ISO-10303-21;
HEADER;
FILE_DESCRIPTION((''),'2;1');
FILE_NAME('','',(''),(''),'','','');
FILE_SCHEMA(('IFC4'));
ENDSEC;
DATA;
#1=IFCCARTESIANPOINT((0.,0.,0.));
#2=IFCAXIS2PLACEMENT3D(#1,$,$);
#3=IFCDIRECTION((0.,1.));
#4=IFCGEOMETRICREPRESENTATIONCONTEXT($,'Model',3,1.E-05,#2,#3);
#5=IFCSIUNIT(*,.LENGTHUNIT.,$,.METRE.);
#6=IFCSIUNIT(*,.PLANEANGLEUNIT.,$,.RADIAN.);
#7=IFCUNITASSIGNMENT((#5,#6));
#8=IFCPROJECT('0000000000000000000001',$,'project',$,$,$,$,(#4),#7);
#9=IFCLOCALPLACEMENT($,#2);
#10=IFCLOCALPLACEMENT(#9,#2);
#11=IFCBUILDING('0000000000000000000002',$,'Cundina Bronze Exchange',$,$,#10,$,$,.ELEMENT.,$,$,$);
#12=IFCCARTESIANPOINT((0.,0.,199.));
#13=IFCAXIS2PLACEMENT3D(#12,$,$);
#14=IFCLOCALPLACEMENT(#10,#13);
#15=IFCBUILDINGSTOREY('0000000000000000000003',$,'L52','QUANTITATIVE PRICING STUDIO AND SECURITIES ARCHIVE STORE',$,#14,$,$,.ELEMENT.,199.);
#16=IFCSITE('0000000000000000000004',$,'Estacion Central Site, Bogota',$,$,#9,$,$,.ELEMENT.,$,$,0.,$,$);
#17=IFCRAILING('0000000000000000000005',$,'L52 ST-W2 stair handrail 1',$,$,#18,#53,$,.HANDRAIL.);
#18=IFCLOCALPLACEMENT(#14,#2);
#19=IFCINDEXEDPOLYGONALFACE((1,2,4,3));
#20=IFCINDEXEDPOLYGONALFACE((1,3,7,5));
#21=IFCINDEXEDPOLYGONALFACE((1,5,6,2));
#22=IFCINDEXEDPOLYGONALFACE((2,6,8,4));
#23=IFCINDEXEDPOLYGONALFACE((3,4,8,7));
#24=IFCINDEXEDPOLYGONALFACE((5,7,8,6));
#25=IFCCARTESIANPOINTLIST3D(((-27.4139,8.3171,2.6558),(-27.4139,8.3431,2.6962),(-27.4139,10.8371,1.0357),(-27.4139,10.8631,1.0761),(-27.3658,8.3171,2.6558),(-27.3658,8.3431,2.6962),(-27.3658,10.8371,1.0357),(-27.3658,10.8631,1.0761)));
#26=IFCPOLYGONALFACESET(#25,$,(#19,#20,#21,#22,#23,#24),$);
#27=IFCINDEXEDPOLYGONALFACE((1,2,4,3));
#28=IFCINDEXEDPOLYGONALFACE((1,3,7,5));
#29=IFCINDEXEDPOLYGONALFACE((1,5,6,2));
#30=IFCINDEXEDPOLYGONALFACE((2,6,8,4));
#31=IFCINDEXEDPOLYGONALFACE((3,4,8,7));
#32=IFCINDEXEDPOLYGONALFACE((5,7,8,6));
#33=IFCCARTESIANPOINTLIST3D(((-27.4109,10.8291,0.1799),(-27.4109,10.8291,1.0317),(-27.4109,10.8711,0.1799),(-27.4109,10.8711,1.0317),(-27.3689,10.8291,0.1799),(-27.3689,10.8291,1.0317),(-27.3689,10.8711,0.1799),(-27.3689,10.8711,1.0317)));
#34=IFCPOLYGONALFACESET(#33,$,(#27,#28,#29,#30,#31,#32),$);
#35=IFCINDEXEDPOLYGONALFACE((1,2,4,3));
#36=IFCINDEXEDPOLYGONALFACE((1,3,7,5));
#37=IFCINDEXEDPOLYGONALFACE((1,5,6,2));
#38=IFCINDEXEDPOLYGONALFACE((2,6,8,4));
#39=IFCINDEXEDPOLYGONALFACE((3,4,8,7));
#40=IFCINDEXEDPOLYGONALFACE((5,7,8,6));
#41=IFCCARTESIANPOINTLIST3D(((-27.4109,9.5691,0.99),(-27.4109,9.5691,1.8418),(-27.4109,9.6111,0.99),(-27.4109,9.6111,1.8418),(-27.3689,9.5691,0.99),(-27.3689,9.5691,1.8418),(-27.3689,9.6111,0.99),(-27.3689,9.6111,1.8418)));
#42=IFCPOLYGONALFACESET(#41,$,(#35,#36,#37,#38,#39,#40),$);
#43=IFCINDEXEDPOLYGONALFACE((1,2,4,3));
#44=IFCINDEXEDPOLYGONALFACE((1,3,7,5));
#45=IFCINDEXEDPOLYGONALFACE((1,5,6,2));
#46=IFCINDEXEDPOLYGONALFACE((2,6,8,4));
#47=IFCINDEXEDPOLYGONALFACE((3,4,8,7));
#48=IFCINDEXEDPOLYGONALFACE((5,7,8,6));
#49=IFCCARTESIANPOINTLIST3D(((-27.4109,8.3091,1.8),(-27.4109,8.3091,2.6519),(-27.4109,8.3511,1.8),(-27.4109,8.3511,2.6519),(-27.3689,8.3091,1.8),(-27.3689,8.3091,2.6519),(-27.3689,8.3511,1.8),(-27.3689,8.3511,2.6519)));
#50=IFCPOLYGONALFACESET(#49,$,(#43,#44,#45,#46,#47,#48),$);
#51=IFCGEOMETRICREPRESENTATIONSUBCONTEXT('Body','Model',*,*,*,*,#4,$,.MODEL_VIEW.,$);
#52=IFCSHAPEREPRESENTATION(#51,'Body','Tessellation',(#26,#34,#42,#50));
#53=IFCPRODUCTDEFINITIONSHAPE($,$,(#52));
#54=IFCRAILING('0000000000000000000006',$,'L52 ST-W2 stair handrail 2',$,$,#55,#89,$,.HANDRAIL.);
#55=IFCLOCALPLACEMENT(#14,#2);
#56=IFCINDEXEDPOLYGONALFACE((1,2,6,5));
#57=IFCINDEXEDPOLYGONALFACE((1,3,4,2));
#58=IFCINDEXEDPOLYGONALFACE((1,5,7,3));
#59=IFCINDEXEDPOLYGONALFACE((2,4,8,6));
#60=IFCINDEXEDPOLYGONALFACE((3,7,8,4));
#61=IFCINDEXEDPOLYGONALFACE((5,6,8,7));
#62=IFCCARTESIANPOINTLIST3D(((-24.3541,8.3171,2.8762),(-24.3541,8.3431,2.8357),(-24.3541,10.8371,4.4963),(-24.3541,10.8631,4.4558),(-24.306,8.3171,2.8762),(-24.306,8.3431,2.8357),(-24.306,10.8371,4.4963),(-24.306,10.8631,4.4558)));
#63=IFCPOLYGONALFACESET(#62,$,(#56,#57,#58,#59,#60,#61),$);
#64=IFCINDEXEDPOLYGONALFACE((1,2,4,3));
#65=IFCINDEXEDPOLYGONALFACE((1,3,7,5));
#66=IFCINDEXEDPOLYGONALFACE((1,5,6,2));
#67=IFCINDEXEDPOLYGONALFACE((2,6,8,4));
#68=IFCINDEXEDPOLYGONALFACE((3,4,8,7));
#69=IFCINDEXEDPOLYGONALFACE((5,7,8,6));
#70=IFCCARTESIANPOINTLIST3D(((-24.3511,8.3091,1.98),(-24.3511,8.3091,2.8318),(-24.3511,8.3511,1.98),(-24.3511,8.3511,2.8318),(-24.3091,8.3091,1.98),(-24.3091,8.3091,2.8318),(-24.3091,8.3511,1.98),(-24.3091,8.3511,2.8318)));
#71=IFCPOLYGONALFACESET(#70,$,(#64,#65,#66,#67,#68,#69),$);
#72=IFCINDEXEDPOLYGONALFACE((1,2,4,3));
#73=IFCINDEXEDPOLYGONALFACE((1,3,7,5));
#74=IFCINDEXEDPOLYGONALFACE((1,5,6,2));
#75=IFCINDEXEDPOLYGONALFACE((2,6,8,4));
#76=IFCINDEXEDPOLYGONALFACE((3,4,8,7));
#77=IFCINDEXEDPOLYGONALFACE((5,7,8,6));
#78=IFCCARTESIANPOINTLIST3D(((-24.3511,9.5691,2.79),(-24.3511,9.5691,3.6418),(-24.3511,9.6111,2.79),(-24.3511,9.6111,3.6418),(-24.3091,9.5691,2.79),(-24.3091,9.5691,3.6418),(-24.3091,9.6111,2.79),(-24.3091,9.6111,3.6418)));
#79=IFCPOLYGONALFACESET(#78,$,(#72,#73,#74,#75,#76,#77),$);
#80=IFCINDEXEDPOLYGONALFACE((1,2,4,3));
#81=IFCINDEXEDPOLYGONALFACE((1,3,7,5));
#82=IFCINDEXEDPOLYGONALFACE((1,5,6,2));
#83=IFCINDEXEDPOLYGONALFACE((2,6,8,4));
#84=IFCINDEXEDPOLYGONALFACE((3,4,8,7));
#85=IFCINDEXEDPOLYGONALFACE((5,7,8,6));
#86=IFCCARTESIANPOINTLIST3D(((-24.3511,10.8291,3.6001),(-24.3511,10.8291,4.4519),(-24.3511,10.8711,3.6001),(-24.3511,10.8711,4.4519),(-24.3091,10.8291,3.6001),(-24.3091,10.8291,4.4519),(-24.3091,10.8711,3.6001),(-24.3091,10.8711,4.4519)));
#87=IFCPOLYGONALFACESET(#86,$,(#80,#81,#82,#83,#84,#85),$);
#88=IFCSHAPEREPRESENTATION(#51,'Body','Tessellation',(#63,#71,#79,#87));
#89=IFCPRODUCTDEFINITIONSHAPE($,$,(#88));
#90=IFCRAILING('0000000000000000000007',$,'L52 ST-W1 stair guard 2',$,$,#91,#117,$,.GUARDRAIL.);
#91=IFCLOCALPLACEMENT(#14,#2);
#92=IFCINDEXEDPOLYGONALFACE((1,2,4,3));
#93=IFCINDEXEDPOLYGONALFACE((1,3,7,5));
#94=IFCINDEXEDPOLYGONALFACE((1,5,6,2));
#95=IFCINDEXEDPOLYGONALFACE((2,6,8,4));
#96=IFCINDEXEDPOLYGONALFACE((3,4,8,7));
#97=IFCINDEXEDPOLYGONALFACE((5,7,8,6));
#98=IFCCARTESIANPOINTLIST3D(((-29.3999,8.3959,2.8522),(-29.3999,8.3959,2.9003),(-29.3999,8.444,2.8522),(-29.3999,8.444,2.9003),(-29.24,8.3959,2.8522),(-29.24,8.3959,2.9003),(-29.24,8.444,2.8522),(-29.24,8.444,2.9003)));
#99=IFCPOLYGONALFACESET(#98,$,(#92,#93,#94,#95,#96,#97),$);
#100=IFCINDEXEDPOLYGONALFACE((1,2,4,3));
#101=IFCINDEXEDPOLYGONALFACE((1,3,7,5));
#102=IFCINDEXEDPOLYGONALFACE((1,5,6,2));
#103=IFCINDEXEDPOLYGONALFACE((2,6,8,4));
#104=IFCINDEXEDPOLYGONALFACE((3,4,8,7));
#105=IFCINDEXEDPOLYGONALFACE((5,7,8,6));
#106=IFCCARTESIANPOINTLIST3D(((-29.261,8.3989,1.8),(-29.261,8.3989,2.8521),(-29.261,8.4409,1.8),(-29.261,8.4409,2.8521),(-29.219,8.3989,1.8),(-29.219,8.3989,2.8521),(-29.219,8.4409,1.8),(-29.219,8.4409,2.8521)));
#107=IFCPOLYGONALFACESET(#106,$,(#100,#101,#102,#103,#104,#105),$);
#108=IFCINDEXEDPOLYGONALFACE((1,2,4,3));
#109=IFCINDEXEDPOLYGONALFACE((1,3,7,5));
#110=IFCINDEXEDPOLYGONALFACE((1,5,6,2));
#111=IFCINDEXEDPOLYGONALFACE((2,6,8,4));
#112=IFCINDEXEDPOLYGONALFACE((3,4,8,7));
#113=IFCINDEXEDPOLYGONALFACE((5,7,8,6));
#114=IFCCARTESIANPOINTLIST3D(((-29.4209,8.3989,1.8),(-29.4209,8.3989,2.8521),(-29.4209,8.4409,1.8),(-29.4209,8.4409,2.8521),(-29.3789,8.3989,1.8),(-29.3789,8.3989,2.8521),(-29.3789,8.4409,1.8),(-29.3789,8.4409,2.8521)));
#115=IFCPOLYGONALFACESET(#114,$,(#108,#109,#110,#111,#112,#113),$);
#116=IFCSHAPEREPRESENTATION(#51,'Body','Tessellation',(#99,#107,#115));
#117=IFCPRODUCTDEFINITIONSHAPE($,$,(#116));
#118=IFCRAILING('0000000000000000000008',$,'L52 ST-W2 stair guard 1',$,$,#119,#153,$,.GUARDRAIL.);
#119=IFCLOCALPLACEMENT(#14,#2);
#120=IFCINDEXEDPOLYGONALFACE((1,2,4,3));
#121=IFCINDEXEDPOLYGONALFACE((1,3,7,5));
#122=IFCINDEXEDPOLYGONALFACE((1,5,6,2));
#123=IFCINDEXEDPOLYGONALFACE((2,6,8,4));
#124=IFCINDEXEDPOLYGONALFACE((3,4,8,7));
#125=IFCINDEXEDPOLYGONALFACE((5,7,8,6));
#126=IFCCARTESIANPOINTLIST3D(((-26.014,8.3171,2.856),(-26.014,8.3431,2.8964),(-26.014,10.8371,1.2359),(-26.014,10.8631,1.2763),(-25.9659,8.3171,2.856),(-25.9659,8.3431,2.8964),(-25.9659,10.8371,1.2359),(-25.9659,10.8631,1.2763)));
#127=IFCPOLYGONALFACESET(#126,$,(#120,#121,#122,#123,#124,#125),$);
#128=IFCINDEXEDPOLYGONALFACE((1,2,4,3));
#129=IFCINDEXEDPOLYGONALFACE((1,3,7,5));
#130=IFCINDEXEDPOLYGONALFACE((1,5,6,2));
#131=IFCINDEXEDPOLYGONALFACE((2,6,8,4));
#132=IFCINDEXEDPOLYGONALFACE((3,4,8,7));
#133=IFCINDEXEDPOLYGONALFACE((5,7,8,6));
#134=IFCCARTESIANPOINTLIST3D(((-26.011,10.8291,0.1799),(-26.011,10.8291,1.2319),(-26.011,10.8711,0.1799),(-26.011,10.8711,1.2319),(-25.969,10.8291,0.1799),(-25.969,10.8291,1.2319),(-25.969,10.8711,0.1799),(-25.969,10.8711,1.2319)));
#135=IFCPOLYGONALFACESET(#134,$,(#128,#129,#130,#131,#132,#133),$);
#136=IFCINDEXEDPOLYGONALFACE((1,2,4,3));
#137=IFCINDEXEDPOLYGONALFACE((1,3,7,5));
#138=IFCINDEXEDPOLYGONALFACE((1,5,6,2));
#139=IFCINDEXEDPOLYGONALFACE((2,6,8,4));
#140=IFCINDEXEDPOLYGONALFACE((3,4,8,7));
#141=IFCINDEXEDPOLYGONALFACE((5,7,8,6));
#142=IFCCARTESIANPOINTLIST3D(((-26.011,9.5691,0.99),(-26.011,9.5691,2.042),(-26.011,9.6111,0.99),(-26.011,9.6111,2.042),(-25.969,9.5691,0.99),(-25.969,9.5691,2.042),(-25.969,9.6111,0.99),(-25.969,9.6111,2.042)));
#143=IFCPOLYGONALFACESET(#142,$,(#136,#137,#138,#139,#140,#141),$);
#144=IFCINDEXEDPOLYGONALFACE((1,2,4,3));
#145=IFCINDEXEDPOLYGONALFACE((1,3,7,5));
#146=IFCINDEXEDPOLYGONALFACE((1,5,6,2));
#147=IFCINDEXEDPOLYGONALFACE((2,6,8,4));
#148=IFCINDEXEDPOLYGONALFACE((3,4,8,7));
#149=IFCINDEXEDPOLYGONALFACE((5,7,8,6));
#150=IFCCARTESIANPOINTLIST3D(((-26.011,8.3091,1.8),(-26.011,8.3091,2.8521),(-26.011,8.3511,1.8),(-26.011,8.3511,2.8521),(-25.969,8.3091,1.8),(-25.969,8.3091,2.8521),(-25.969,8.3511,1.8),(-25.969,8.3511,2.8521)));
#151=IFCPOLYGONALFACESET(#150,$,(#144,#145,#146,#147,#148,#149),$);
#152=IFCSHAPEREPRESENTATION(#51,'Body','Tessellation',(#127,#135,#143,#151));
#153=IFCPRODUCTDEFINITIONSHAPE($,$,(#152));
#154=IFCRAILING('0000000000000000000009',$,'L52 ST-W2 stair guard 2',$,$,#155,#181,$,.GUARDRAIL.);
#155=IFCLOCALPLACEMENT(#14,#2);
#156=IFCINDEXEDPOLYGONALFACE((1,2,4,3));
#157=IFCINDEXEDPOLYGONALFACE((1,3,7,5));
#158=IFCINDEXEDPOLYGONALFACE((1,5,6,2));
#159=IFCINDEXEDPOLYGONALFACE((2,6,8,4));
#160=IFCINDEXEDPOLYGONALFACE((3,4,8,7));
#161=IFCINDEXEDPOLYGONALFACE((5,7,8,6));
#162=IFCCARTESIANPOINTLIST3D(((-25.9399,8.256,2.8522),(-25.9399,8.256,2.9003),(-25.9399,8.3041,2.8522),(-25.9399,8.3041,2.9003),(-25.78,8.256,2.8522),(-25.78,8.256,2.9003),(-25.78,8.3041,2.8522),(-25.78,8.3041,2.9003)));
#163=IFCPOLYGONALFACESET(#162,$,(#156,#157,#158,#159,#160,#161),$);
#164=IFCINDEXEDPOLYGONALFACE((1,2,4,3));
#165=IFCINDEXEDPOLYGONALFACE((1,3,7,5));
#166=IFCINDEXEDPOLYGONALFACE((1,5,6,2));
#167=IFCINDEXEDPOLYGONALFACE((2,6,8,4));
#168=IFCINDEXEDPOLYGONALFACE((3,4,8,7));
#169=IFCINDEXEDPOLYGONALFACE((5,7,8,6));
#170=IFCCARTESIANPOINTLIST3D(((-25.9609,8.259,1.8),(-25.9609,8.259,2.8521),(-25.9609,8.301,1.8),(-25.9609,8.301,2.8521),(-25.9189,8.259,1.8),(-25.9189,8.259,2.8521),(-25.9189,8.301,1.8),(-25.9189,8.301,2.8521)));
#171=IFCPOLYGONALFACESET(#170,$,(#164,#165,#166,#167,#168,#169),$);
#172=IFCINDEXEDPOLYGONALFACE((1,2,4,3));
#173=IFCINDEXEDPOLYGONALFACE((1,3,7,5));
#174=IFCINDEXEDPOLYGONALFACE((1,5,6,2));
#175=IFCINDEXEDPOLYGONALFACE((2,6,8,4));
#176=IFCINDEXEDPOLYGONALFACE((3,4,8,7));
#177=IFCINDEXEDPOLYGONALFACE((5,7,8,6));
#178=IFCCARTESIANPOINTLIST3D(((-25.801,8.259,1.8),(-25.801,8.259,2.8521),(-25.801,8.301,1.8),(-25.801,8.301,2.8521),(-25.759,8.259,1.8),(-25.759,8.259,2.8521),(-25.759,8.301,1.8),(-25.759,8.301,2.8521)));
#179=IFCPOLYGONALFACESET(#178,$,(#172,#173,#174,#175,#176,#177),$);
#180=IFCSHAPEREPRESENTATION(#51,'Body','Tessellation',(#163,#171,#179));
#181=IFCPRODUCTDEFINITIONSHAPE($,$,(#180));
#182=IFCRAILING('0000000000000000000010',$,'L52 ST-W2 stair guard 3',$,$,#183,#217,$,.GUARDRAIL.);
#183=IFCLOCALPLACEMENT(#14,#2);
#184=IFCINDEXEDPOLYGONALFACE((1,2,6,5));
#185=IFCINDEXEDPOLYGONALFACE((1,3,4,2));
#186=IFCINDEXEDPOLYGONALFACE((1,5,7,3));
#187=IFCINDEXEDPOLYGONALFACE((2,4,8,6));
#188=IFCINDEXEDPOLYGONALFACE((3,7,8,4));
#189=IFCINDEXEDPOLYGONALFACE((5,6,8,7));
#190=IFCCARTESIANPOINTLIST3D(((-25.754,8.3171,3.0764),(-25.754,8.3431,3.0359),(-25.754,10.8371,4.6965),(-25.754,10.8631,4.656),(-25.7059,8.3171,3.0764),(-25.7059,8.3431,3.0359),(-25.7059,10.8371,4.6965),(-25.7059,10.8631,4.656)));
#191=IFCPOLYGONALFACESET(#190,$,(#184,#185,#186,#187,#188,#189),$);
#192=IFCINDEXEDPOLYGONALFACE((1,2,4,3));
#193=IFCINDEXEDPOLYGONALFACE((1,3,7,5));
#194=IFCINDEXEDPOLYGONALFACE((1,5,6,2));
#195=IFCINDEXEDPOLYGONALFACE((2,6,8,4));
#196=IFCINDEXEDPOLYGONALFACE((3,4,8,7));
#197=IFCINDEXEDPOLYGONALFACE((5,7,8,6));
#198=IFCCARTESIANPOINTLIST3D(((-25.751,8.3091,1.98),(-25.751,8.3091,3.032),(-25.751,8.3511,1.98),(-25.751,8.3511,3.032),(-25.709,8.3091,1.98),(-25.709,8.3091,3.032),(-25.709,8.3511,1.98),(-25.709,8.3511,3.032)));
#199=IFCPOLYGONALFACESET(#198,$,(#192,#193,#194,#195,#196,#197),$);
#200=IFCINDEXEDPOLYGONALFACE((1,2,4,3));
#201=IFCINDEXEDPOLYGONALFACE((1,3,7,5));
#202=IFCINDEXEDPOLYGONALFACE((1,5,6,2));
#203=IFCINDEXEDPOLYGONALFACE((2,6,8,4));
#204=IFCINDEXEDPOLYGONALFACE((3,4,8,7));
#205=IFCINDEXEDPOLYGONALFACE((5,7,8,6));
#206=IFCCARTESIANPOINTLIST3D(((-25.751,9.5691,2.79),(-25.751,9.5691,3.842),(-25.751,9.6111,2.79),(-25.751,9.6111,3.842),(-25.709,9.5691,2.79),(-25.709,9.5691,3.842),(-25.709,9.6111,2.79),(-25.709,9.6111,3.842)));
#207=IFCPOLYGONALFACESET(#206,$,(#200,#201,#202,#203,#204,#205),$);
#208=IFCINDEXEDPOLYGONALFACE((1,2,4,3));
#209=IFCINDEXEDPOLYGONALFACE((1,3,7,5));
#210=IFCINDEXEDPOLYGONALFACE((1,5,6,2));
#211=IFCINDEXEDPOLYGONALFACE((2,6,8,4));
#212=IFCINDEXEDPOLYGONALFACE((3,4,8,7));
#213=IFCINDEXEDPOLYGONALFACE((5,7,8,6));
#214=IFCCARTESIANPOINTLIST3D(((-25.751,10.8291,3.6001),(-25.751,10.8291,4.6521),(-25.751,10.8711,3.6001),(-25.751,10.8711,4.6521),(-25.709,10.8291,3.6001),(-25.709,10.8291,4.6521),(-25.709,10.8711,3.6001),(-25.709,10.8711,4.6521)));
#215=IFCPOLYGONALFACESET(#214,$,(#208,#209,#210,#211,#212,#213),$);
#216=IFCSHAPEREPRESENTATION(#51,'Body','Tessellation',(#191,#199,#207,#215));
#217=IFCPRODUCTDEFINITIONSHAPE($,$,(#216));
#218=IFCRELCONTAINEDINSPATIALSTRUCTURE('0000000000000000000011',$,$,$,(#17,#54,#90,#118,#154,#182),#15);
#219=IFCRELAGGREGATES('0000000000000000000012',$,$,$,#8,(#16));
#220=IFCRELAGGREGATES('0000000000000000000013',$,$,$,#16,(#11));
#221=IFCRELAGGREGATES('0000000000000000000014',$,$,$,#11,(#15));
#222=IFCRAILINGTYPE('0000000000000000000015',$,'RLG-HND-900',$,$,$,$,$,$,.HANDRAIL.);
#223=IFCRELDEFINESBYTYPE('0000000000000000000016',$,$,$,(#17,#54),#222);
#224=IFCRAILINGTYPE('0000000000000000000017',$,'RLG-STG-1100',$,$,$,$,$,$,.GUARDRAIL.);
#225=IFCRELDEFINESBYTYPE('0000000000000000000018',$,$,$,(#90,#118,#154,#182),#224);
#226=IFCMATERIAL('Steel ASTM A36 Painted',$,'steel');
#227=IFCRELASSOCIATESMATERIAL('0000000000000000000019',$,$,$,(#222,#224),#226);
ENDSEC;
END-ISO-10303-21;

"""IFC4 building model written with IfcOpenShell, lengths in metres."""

from ifc_helpers import new_model, si_unit, direction, frame, origin, origin_2d, place, context, subcontext, project, spatial, rectangle, extrude, material, type_object, element, save


model = new_model("IFC4")

# Units and contexts
model_context = context("Model", 3, precision=1e-05, world=origin(), true_north=direction((0.0, 1.0)))
body_context = subcontext(model_context, "Body", "Model", "MODEL_VIEW")
ifc_project = project(units=[si_unit("LENGTHUNIT", "METRE"), si_unit("PLANEANGLEUNIT", "RADIAN")], contexts=[model_context])

# Site, building, storey
site_placement = place(None, origin())
site = spatial("IfcSite", under=ifc_project, at=site_placement, Name="Estacion Central Site, Bogota", CompositionType="ELEMENT", RefElevation=0.0)
building_placement = place(site_placement, origin())
building = spatial("IfcBuilding", under=site, at=building_placement, Name="Cundina Bronze Exchange", CompositionType="ELEMENT")
storey_placement = place(building_placement, frame((0.0, 0.0, 199.0)))
storey = spatial("IfcBuildingStorey", under=building, at=storey_placement, Name="L52", Description="QUANTITATIVE PRICING STUDIO AND SECURITIES ARCHIVE STORE", CompositionType="ELEMENT", Elevation=199.0)

# Shared definitions
ifc_material_1 = material(Name="Steel ASTM A36 Painted", Category="steel")

# Railings
railing_type_1 = type_object("IfcRailingType", Name="RLG-HND-900", PredefinedType="HANDRAIL", material=ifc_material_1)
railing_1_placement = place(storey_placement, frame((-27.3899, 10.8501, 0.1799)))
element("IfcRailing", 1, at=railing_1_placement, inside=storey, type_object=railing_type_1, Name="L52 ST-W2 stair handrail 1", PredefinedType="HANDRAIL", context=body_context, shape_type="SweptSolid", body=[
    extrude(rectangle(XDim=0.0481, YDim=0.0481, at=origin_2d()), frame((0.0, 0.0, 0.876), z_axis=(0.0, -0.841163, 0.540782), x_axis=(1.0, 0.0, 0.0)), (0.0, 0.0, 1.0), 2.9958),
    extrude(rectangle(XDim=0.042, YDim=0.042, at=origin_2d()), origin(), (0.0, 0.0, 1.0), 0.8518),
    extrude(rectangle(XDim=0.042, YDim=0.042, at=origin_2d()), frame((0.0, -1.26, 0.8101)), (0.0, 0.0, 1.0), 0.8518),
    extrude(rectangle(XDim=0.042, YDim=0.042, at=origin_2d()), frame((0.0, -2.52, 1.6201)), (0.0, 0.0, 1.0), 0.8518),
])
railing_2_placement = place(storey_placement, frame((-24.3301, 8.3301, 1.98)))
element("IfcRailing", 2, at=railing_2_placement, inside=storey, type_object=railing_type_1, Name="L52 ST-W2 stair handrail 2", PredefinedType="HANDRAIL", context=body_context, shape_type="SweptSolid", body=[
    extrude(rectangle(XDim=0.0481, YDim=0.0481, at=origin_2d()), frame((0.0, 0.0, 0.876), z_axis=(0.0, 0.841163, 0.540782), x_axis=(-1.0, 0.0, 0.0)), (0.0, 0.0, 1.0), 2.9958),
    extrude(rectangle(XDim=0.042, YDim=0.042, at=origin_2d()), origin(), (0.0, 0.0, 1.0), 0.8518),
    extrude(rectangle(XDim=0.042, YDim=0.042, at=origin_2d()), frame((0.0, 1.26, 0.8101)), (0.0, 0.0, 1.0), 0.8518),
    extrude(rectangle(XDim=0.042, YDim=0.042, at=origin_2d()), frame((0.0, 2.52, 1.6201)), (0.0, 0.0, 1.0), 0.8518),
])
railing_type_2 = type_object("IfcRailingType", Name="RLG-STG-1100", PredefinedType="GUARDRAIL", material=ifc_material_1)
railing_3_placement = place(storey_placement, frame((-29.24, 8.4199, 1.8)))
element("IfcRailing", 3, at=railing_3_placement, inside=storey, type_object=railing_type_2, Name="L52 ST-W1 stair guard 2", PredefinedType="GUARDRAIL", context=body_context, shape_type="SweptSolid", body=[
    extrude(rectangle(XDim=0.0481, YDim=0.0481, at=origin_2d()), frame((0.0, 0.0, 1.0762), z_axis=(-1.0, 0.0, 0.0), x_axis=(0.0, -1.0, 0.0)), (0.0, 0.0, 1.0), 0.1599),
    extrude(rectangle(XDim=0.042, YDim=0.042, at=origin_2d()), origin(), (0.0, 0.0, 1.0), 1.052),
    extrude(rectangle(XDim=0.042, YDim=0.042, at=origin_2d()), frame((-0.1599, 0.0, 0.0)), (0.0, 0.0, 1.0), 1.052),
])
railing_4_placement = place(storey_placement, frame((-25.99, 10.8501, 0.1799)))
element("IfcRailing", 4, at=railing_4_placement, inside=storey, type_object=railing_type_2, Name="L52 ST-W2 stair guard 1", PredefinedType="GUARDRAIL", context=body_context, shape_type="SweptSolid", body=[
    extrude(rectangle(XDim=0.0481, YDim=0.0481, at=origin_2d()), frame((0.0, 0.0, 1.0762), z_axis=(0.0, -0.841163, 0.540782), x_axis=(1.0, 0.0, 0.0)), (0.0, 0.0, 1.0), 2.9958),
    extrude(rectangle(XDim=0.042, YDim=0.042, at=origin_2d()), origin(), (0.0, 0.0, 1.0), 1.052),
    extrude(rectangle(XDim=0.042, YDim=0.042, at=origin_2d()), frame((0.0, -1.26, 0.8101)), (0.0, 0.0, 1.0), 1.052),
    extrude(rectangle(XDim=0.042, YDim=0.042, at=origin_2d()), frame((0.0, -2.52, 1.6201)), (0.0, 0.0, 1.0), 1.052),
])
railing_5_placement = place(storey_placement, frame((-25.9399, 8.28, 1.8)))
element("IfcRailing", 5, at=railing_5_placement, inside=storey, type_object=railing_type_2, Name="L52 ST-W2 stair guard 2", PredefinedType="GUARDRAIL", context=body_context, shape_type="SweptSolid", body=[
    extrude(rectangle(XDim=0.0481, YDim=0.0481, at=origin_2d()), frame((0.0, 0.0, 1.0762), z_axis=(1.0, 0.0, 0.0), x_axis=(0.0, 1.0, 0.0)), (0.0, 0.0, 1.0), 0.1599),
    extrude(rectangle(XDim=0.042, YDim=0.042, at=origin_2d()), origin(), (0.0, 0.0, 1.0), 1.052),
    extrude(rectangle(XDim=0.042, YDim=0.042, at=origin_2d()), frame((0.1599, 0.0, 0.0)), (0.0, 0.0, 1.0), 1.052),
])
railing_6_placement = place(storey_placement, frame((-25.73, 8.3301, 1.98)))
element("IfcRailing", 6, at=railing_6_placement, inside=storey, type_object=railing_type_2, Name="L52 ST-W2 stair guard 3", PredefinedType="GUARDRAIL", context=body_context, shape_type="SweptSolid", body=[
    extrude(rectangle(XDim=0.0481, YDim=0.0481, at=origin_2d()), frame((0.0, 0.0, 1.0762), z_axis=(0.0, 0.841163, 0.540782), x_axis=(-1.0, 0.0, 0.0)), (0.0, 0.0, 1.0), 2.9958),
    extrude(rectangle(XDim=0.042, YDim=0.042, at=origin_2d()), origin(), (0.0, 0.0, 1.0), 1.052),
    extrude(rectangle(XDim=0.042, YDim=0.042, at=origin_2d()), frame((0.0, 1.26, 0.8101)), (0.0, 0.0, 1.0), 1.052),
    extrude(rectangle(XDim=0.042, YDim=0.042, at=origin_2d()), frame((0.0, 2.52, 1.6201)), (0.0, 0.0, 1.0), 1.052),
])

save(model, "model.ifc")
